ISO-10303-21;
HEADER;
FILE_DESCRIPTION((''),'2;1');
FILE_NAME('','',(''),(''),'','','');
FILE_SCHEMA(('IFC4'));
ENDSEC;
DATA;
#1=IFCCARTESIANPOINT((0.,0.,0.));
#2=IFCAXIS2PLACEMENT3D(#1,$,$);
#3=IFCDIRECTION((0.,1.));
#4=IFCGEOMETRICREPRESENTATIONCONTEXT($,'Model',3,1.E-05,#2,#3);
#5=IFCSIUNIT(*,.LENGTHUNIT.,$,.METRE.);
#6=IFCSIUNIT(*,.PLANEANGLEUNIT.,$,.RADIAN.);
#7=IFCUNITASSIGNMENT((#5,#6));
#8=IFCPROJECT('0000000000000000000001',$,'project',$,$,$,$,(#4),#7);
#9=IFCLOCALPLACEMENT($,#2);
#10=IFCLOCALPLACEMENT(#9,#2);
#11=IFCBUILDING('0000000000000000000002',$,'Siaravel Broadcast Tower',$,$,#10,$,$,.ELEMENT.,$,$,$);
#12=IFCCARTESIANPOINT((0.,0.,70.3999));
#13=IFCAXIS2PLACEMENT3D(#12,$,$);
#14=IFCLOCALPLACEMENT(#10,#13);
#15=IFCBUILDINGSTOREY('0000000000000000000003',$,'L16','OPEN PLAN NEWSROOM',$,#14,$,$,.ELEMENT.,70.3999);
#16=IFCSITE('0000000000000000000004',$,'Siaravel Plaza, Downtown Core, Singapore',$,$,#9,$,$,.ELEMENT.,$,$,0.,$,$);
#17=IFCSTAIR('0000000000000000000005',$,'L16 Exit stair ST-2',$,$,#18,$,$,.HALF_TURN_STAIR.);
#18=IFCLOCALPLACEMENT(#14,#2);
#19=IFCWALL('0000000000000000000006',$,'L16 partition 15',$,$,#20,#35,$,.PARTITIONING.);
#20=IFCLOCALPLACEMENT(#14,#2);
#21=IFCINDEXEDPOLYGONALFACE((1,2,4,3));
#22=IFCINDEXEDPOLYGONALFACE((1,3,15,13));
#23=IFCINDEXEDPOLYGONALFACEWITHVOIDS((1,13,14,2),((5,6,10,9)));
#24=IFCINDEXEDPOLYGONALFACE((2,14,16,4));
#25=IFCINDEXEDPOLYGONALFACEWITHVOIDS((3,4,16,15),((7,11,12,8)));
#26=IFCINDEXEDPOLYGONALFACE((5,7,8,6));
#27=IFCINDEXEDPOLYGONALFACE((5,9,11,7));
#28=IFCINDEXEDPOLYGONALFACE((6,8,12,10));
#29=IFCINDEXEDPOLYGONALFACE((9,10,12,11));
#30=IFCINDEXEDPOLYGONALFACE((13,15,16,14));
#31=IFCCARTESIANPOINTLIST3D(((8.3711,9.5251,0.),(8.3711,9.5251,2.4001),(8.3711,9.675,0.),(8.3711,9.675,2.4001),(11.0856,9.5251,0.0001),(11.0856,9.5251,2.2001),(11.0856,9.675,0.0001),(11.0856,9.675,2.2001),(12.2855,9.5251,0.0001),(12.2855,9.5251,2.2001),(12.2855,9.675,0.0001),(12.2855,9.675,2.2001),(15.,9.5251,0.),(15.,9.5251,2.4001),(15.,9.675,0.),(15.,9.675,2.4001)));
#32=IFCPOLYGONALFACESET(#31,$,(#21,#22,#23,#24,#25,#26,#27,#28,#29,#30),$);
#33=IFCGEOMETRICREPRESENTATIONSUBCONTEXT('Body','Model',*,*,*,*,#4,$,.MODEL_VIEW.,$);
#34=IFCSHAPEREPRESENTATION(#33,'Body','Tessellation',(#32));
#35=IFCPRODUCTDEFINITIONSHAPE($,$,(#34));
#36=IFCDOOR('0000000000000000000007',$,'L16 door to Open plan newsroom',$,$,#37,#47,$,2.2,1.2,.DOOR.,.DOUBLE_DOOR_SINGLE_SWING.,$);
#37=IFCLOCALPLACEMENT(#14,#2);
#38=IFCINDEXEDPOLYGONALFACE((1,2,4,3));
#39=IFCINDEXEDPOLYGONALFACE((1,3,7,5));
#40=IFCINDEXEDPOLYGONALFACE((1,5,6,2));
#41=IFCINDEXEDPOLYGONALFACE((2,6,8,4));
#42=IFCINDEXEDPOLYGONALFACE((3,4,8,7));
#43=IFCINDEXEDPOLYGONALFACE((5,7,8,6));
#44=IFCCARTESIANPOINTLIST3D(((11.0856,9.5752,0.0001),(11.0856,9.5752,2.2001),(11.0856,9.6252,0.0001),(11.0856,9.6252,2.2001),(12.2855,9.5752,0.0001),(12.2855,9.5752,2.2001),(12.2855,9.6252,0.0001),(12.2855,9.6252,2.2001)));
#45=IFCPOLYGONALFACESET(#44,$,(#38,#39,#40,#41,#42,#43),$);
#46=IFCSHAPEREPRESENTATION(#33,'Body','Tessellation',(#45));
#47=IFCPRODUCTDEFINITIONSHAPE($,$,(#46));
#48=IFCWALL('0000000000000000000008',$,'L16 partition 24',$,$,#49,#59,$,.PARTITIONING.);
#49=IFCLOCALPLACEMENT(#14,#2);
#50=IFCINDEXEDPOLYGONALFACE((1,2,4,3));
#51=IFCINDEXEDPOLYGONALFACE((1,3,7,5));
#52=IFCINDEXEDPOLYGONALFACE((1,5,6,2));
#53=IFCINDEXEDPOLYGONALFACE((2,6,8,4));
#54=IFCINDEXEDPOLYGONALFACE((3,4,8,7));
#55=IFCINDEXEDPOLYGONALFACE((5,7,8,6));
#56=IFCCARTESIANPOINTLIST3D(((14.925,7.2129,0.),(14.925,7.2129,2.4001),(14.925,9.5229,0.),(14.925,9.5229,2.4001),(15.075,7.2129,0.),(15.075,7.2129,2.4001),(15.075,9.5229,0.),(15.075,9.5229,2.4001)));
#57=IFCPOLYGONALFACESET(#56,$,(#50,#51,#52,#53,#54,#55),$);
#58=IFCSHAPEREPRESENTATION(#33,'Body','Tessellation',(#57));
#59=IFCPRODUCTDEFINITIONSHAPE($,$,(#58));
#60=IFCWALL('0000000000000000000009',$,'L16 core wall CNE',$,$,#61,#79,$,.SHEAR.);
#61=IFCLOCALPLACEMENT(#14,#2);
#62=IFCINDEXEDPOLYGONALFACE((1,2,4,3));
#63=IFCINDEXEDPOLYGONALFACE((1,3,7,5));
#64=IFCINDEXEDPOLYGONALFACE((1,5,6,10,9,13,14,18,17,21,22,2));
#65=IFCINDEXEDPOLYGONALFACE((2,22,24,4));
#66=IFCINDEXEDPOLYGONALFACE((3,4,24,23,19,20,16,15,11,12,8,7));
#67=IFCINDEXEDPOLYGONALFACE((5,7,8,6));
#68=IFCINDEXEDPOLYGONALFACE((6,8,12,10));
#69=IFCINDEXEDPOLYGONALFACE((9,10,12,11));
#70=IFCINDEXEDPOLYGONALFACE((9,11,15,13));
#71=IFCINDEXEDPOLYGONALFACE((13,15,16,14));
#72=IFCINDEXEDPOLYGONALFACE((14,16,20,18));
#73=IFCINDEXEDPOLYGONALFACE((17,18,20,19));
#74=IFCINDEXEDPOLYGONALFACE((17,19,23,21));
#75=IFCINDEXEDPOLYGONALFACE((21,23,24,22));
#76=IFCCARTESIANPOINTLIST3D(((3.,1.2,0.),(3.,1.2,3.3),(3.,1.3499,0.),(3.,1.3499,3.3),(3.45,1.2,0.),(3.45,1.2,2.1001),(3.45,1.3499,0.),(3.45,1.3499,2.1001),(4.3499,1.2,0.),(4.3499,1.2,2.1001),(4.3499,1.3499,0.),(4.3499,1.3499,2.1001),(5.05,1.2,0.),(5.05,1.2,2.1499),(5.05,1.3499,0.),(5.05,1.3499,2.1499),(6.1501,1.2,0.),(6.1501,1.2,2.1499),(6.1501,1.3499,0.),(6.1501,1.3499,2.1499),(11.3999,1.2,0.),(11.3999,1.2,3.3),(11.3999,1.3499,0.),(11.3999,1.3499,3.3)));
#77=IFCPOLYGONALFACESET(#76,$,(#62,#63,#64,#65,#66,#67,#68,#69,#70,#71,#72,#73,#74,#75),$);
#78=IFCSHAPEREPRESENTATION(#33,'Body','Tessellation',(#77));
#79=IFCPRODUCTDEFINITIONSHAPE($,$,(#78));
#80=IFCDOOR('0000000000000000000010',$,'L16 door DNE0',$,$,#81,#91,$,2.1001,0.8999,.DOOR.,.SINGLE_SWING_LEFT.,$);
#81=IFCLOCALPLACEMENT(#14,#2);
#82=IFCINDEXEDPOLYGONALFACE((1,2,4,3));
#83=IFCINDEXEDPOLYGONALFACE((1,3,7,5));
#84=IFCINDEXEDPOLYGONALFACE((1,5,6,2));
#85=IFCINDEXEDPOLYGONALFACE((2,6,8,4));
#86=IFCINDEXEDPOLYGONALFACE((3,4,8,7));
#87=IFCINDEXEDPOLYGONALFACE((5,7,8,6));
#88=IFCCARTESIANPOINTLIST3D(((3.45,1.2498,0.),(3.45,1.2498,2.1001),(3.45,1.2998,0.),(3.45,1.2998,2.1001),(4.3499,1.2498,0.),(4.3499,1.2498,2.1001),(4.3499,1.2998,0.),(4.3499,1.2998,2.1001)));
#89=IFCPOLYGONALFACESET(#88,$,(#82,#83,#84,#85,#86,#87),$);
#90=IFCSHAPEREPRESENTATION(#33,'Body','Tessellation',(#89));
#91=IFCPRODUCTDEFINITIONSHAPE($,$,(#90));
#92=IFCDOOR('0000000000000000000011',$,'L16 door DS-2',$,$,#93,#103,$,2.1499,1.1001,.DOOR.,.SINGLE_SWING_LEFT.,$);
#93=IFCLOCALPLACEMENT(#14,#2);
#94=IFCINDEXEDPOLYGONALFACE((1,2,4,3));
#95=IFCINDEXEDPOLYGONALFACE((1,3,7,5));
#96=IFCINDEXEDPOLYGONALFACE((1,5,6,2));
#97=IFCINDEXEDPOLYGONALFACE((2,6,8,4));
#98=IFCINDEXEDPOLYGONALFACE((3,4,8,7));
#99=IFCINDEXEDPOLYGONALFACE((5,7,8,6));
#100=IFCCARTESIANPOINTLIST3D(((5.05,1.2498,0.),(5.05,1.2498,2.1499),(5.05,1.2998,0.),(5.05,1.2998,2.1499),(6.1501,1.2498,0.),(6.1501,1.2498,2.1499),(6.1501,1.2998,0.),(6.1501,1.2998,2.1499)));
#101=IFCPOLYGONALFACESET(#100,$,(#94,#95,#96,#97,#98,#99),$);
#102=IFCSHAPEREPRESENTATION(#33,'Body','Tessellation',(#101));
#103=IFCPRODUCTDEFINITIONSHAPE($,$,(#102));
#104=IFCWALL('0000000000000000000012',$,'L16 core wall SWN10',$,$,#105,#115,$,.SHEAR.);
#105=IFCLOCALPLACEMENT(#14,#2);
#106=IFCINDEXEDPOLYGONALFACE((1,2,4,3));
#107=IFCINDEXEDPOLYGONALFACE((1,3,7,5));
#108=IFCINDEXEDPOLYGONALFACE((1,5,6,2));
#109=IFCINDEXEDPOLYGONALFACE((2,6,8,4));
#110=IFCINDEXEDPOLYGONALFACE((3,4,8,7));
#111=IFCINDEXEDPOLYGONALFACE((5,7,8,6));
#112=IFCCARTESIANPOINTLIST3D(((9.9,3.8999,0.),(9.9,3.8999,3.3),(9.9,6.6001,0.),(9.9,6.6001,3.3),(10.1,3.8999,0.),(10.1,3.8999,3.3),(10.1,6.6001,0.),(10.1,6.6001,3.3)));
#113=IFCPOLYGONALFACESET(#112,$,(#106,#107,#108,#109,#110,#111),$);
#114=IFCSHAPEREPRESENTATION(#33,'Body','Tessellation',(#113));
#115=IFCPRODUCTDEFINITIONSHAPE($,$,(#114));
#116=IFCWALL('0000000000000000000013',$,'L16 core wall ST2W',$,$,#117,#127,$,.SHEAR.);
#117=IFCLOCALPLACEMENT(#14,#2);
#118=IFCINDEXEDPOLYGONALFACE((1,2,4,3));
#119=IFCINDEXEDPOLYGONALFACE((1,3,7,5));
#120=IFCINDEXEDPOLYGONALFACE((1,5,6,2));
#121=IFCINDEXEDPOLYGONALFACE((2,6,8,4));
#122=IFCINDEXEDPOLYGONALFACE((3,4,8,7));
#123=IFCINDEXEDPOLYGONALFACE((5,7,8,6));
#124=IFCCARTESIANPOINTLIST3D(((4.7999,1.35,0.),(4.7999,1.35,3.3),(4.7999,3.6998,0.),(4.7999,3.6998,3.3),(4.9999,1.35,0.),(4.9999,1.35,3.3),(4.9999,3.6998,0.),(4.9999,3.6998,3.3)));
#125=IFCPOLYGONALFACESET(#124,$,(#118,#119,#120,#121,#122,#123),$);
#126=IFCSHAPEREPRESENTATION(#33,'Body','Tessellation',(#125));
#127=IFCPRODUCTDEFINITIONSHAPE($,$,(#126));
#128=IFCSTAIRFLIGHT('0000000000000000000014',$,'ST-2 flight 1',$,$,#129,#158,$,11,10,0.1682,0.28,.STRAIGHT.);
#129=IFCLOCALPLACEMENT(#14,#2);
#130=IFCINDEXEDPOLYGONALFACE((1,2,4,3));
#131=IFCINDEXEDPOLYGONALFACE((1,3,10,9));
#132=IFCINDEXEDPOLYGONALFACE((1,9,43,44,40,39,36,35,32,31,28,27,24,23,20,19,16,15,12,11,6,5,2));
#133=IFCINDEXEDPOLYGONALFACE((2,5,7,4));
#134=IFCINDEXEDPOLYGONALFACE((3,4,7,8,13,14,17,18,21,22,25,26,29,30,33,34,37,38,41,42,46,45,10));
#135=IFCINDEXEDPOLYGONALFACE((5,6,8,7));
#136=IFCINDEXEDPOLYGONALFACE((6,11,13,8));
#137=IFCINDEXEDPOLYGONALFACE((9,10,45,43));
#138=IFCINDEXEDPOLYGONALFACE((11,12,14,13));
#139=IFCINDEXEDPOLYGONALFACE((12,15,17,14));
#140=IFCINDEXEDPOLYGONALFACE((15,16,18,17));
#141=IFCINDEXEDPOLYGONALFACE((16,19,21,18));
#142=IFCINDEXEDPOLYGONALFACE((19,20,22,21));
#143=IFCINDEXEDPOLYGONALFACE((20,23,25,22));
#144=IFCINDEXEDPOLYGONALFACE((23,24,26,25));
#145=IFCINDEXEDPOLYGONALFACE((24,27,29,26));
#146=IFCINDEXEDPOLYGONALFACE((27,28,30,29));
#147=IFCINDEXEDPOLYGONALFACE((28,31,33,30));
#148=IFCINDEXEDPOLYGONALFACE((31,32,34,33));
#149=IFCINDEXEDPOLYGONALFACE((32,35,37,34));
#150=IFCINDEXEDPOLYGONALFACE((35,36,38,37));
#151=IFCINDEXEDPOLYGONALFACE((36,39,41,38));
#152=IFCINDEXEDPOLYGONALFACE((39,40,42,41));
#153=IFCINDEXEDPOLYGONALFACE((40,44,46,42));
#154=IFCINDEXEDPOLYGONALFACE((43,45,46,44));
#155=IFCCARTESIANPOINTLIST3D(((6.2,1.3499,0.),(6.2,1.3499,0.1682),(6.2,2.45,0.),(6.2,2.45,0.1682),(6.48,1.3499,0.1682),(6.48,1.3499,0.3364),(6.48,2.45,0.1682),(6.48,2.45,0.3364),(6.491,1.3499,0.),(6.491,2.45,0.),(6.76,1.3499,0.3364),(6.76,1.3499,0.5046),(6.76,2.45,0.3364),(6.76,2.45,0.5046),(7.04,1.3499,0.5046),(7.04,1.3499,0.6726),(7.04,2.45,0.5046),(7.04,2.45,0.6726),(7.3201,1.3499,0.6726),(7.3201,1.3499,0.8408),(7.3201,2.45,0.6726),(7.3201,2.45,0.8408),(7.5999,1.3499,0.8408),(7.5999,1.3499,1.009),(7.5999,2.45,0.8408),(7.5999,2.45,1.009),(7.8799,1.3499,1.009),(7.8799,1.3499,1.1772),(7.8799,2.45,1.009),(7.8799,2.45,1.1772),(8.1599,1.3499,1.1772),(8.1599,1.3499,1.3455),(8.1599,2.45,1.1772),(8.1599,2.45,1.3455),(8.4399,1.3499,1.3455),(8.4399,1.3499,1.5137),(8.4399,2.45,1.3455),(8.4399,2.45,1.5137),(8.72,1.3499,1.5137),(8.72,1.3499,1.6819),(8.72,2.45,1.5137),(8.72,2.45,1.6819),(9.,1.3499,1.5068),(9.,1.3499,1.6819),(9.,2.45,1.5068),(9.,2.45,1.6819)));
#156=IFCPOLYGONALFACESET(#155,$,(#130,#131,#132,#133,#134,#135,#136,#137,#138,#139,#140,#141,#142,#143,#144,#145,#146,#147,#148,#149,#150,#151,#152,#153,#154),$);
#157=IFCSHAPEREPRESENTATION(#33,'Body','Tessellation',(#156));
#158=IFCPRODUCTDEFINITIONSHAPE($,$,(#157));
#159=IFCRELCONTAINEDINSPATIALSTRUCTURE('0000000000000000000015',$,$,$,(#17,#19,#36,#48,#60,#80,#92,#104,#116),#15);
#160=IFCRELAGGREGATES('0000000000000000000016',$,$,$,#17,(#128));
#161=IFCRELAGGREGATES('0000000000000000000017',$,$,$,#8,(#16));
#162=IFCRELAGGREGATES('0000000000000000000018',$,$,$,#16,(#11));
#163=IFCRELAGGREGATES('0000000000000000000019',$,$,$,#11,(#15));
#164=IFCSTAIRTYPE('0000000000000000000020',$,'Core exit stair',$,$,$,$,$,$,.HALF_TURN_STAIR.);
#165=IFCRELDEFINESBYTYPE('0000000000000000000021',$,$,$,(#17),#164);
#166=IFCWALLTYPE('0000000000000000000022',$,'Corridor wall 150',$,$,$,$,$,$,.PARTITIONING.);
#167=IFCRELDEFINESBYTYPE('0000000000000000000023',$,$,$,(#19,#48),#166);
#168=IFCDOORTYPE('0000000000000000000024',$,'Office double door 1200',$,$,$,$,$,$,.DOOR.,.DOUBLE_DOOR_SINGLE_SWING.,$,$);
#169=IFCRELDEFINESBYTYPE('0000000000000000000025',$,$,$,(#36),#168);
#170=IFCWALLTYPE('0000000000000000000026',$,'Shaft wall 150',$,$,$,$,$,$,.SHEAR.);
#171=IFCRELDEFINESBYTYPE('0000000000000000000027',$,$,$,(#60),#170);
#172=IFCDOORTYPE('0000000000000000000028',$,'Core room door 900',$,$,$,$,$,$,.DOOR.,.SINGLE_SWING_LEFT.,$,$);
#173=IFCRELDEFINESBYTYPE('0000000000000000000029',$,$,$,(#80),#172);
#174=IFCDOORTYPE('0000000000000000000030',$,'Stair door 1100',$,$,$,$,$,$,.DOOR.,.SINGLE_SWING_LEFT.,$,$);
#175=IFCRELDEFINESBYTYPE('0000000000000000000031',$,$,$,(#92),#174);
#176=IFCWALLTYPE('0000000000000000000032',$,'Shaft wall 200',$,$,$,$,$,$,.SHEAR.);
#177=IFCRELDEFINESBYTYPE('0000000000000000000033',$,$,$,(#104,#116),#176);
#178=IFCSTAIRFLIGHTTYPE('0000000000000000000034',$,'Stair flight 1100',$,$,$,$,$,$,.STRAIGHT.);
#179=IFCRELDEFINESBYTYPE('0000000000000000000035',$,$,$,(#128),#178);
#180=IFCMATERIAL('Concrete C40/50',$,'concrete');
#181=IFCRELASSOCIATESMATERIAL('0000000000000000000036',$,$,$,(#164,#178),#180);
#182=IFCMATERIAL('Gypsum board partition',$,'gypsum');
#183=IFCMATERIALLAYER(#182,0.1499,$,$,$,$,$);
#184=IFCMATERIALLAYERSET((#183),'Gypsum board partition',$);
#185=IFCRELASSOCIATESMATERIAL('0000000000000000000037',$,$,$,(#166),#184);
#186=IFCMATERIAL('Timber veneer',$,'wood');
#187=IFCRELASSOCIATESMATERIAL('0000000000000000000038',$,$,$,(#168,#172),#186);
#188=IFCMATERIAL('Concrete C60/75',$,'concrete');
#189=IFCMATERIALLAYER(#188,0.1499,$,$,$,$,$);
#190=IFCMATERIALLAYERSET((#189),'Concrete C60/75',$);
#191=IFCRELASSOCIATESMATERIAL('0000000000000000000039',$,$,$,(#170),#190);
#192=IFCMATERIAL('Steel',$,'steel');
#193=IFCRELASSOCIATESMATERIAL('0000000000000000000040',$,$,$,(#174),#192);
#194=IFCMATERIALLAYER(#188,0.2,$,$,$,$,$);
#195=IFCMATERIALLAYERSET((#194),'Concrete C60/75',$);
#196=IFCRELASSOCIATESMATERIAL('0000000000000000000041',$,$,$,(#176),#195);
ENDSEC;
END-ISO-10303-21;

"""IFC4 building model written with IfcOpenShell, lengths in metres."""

from ifc_helpers import new_model, si_unit, direction, frame, frame_2d, origin, place, context, subcontext, project, spatial, polyline, rectangle, outline, extrude, material, layer, layer_set, type_object, element, fill, aggregate, save


model = new_model("IFC4")

# Units and contexts
model_context = context("Model", 3, precision=1e-05, world=origin(), true_north=direction((0.0, 1.0)))
body_context = subcontext(model_context, "Body", "Model", "MODEL_VIEW")
ifc_project = project(units=[si_unit("LENGTHUNIT", "METRE"), si_unit("PLANEANGLEUNIT", "RADIAN")], contexts=[model_context])

# Site, building, storey
site_placement = place(None, origin())
site = spatial("IfcSite", under=ifc_project, at=site_placement, Name="Siaravel Plaza, Downtown Core, Singapore", CompositionType="ELEMENT", RefElevation=0.0)
building_placement = place(site_placement, origin())
building = spatial("IfcBuilding", under=site, at=building_placement, Name="Siaravel Broadcast Tower", CompositionType="ELEMENT")
storey_placement = place(building_placement, frame((0.0, 0.0, 70.3999)))
storey = spatial("IfcBuildingStorey", under=building, at=storey_placement, Name="L16", Description="OPEN PLAN NEWSROOM", CompositionType="ELEMENT", Elevation=70.3999)

# Shared definitions
ifc_material_1 = material(Name="Concrete C40/50", Category="concrete")

# Stair
stair_type = type_object("IfcStairType", Name="Core exit stair", PredefinedType="HALF_TURN_STAIR", material=ifc_material_1)
stair_1_placement = place(storey_placement, origin())
stair_1 = element("IfcStair", 1, at=stair_1_placement, inside=storey, type_object=stair_type, Name="L16 Exit stair ST-2", PredefinedType="HALF_TURN_STAIR")

# Wall, opening, door
ifc_material_2 = material(Name="Gypsum board partition", Category="gypsum")
ifc_layer_1 = layer(ifc_material_2, 0.1499)
ifc_layer_set_1 = layer_set([ifc_layer_1], Name="Gypsum board partition")
wall_type_1 = type_object("IfcWallType", Name="Corridor wall 150", PredefinedType="PARTITIONING", material=ifc_layer_set_1)
ifc_material_3 = material(Name="Timber veneer", Category="wood")
door_type_1 = type_object("IfcDoorType", Name="Office double door 1200", OperationType="DOUBLE_DOOR_SINGLE_SWING", PredefinedType="DOOR", material=ifc_material_3)
wall_1_placement = place(storey_placement, frame((15.0, 9.6001, 0.0), z_axis=(0.0, 0.0, 1.0), x_axis=(-1.0, 0.0, 0.0)))
wall_1 = element("IfcWall", 2, at=wall_1_placement, inside=storey, type_object=wall_type_1, Name="L16 partition 15", PredefinedType="PARTITIONING", context=body_context, shape_type="SweptSolid", body=[
    extrude(rectangle(XDim=6.6289, YDim=0.1499, at=frame_2d((3.3145, 0.0))), origin(), (0.0, 0.0, 1.0), 2.4001),
])
opening_1_placement = place(wall_1_placement, frame((2.7144, 0.0, 0.0)))
opening_1 = element("IfcOpeningElement", 3, at=opening_1_placement, cuts=wall_1, PredefinedType="OPENING", context=body_context, shape_type="SweptSolid", body=[
    extrude(rectangle(XDim=1.2, YDim=2.2, at=frame_2d((0.6001, 1.1001))), frame((0.0, 0.085, 0.0), z_axis=(0.0, -1.0, 0.0), x_axis=(1.0, 0.0, 0.0)), (0.0, 0.0, 1.0), 0.1699),
])
door_1_placement = place(opening_1_placement, origin())
door_1 = element("IfcDoor", 4, at=door_1_placement, inside=storey, type_object=door_type_1, Name="L16 door to Open plan newsroom", OperationType="DOUBLE_DOOR_SINGLE_SWING", OverallHeight=2.2, OverallWidth=1.2, PredefinedType="DOOR", context=body_context, shape_type="SweptSolid", body=[
    extrude(rectangle(XDim=1.2, YDim=2.2, at=frame_2d((0.6001, 1.1001))), frame((0.0, 0.0249, 0.0), z_axis=(0.0, -1.0, 0.0), x_axis=(1.0, 0.0, 0.0)), (0.0, 0.0, 1.0), 0.05),
])
fill(opening_1, door_1)

# Wall
wall_2_placement = place(storey_placement, frame((15.0, 7.2129, 0.0), z_axis=(0.0, 0.0, 1.0), x_axis=(0.0, 1.0, 0.0)))
element("IfcWall", 5, at=wall_2_placement, inside=storey, type_object=wall_type_1, Name="L16 partition 24", PredefinedType="PARTITIONING", context=body_context, shape_type="SweptSolid", body=[
    extrude(rectangle(XDim=2.3101, YDim=0.1499, at=frame_2d((1.155, 0.0))), origin(), (0.0, 0.0, 1.0), 2.4001),
])

# Wall, openings, doors
ifc_material_4 = material(Name="Concrete C60/75", Category="concrete")
ifc_layer_2 = layer(ifc_material_4, 0.1499)
ifc_layer_set_2 = layer_set([ifc_layer_2], Name="Concrete C60/75")
wall_type_2 = type_object("IfcWallType", Name="Shaft wall 150", PredefinedType="SHEAR", material=ifc_layer_set_2)
wall_3_placement = place(storey_placement, frame((3.0, 1.2749, 0.0), z_axis=(0.0, 0.0, 1.0), x_axis=(1.0, 0.0, 0.0)))
wall_3 = element("IfcWall", 6, at=wall_3_placement, inside=storey, type_object=wall_type_2, Name="L16 core wall CNE", PredefinedType="SHEAR", context=body_context, shape_type="SweptSolid", body=[
    extrude(rectangle(XDim=8.3999, YDim=0.1499, at=frame_2d((4.2, 0.0))), origin(), (0.0, 0.0, 1.0), 3.3),
])
opening_2_placement = place(wall_3_placement, frame((2.05, 0.0, 0.0)))
opening_2 = element("IfcOpeningElement", 7, at=opening_2_placement, cuts=wall_3, PredefinedType="OPENING", context=body_context, shape_type="SweptSolid", body=[
    extrude(rectangle(XDim=1.1001, YDim=2.1499, at=frame_2d((0.55, 1.075))), frame((0.0, 0.085, 0.0), z_axis=(0.0, -1.0, 0.0), x_axis=(1.0, 0.0, 0.0)), (0.0, 0.0, 1.0), 0.1699),
])
opening_3_placement = place(wall_3_placement, frame((0.45, 0.0, 0.0)))
opening_3 = element("IfcOpeningElement", 8, at=opening_3_placement, cuts=wall_3, PredefinedType="OPENING", context=body_context, shape_type="SweptSolid", body=[
    extrude(rectangle(XDim=0.8999, YDim=2.1001, at=frame_2d((0.45, 1.05))), frame((0.0, 0.085, 0.0), z_axis=(0.0, -1.0, 0.0), x_axis=(1.0, 0.0, 0.0)), (0.0, 0.0, 1.0), 0.1699),
])
door_type_2 = type_object("IfcDoorType", Name="Core room door 900", OperationType="SINGLE_SWING_LEFT", PredefinedType="DOOR", material=ifc_material_3)
door_2_placement = place(opening_3_placement, origin())
door_2 = element("IfcDoor", 9, at=door_2_placement, inside=storey, type_object=door_type_2, Name="L16 door DNE0", OperationType="SINGLE_SWING_LEFT", OverallHeight=2.1001, OverallWidth=0.8999, PredefinedType="DOOR", context=body_context, shape_type="SweptSolid", body=[
    extrude(rectangle(XDim=0.8999, YDim=2.1001, at=frame_2d((0.45, 1.05))), frame((0.0, 0.0249, 0.0), z_axis=(0.0, -1.0, 0.0), x_axis=(1.0, 0.0, 0.0)), (0.0, 0.0, 1.0), 0.05),
])
fill(opening_3, door_2)
ifc_material_5 = material(Name="Steel", Category="steel")
door_type_3 = type_object("IfcDoorType", Name="Stair door 1100", OperationType="SINGLE_SWING_LEFT", PredefinedType="DOOR", material=ifc_material_5)
door_3_placement = place(opening_2_placement, origin())
door_3 = element("IfcDoor", 10, at=door_3_placement, inside=storey, type_object=door_type_3, Name="L16 door DS-2", OperationType="SINGLE_SWING_LEFT", OverallHeight=2.1499, OverallWidth=1.1001, PredefinedType="DOOR", context=body_context, shape_type="SweptSolid", body=[
    extrude(rectangle(XDim=1.1001, YDim=2.1499, at=frame_2d((0.55, 1.075))), frame((0.0, 0.0249, 0.0), z_axis=(0.0, -1.0, 0.0), x_axis=(1.0, 0.0, 0.0)), (0.0, 0.0, 1.0), 0.05),
])
fill(opening_2, door_3)

# Walls
ifc_layer_3 = layer(ifc_material_4, 0.2)
ifc_layer_set_3 = layer_set([ifc_layer_3], Name="Concrete C60/75")
wall_type_3 = type_object("IfcWallType", Name="Shaft wall 200", PredefinedType="SHEAR", material=ifc_layer_set_3)
wall_4_placement = place(storey_placement, frame((10.0, 3.8999, 0.0), z_axis=(0.0, 0.0, 1.0), x_axis=(0.0, 1.0, 0.0)))
element("IfcWall", 11, at=wall_4_placement, inside=storey, type_object=wall_type_3, Name="L16 core wall SWN10", PredefinedType="SHEAR", context=body_context, shape_type="SweptSolid", body=[
    extrude(rectangle(XDim=2.7002, YDim=0.2, at=frame_2d((1.3501, 0.0))), origin(), (0.0, 0.0, 1.0), 3.3),
])
wall_5_placement = place(storey_placement, frame((4.8999, 1.3501, 0.0), z_axis=(0.0, 0.0, 1.0), x_axis=(0.0, 1.0, 0.0)))
element("IfcWall", 12, at=wall_5_placement, inside=storey, type_object=wall_type_3, Name="L16 core wall ST2W", PredefinedType="SHEAR", context=body_context, shape_type="SweptSolid", body=[
    extrude(rectangle(XDim=2.3499, YDim=0.2, at=frame_2d((1.1748, 0.0))), origin(), (0.0, 0.0, 1.0), 3.3),
])

# Stair flight
stair_flight_type = type_object("IfcStairFlightType", Name="Stair flight 1100", PredefinedType="STRAIGHT", material=ifc_material_1)
stair_flight_1_placement = place(storey_placement, frame((6.2, 1.8999, 0.0), z_axis=(0.0, 0.0, 1.0), x_axis=(1.0, 0.0, 0.0)))
stair_flight_1 = element("IfcStairFlight", 13, at=stair_flight_1_placement, type_object=stair_flight_type, Name="ST-2 flight 1", NumberOfRisers=11, NumberOfTreads=10, PredefinedType="STRAIGHT", RiserHeight=0.1682, TreadLength=0.28, context=body_context, shape_type="SweptSolid", body=[
    extrude(outline(polyline([(0.0, 0.0), (0.0, 0.1682), (0.28, 0.1682), (0.28, 0.3364), (0.5601, 0.3364), (0.5601, 0.5046), (0.8401, 0.5046), (0.8401, 0.6726), (1.1201, 0.6726), (1.1201, 0.8408), (1.3999, 0.8408), (1.3999, 1.009), (1.6799, 1.009), (1.6799, 1.1772), (1.96, 1.1772), (1.96, 1.3455), (2.24, 1.3455), (2.24, 1.5137), (2.52, 1.5137), (2.52, 1.6819), (2.8, 1.6819), (2.8, 1.8501), (2.8, 1.5068), (0.291, 0.0), (0.0, 0.0)])), frame((0.0, 0.55, 0.0), z_axis=(0.0, -1.0, 0.0), x_axis=(1.0, 0.0, 0.0)), (0.0, 0.0, 1.0), 1.1001),
])
aggregate(stair_1, [stair_flight_1])

save(model, "model.ifc")
